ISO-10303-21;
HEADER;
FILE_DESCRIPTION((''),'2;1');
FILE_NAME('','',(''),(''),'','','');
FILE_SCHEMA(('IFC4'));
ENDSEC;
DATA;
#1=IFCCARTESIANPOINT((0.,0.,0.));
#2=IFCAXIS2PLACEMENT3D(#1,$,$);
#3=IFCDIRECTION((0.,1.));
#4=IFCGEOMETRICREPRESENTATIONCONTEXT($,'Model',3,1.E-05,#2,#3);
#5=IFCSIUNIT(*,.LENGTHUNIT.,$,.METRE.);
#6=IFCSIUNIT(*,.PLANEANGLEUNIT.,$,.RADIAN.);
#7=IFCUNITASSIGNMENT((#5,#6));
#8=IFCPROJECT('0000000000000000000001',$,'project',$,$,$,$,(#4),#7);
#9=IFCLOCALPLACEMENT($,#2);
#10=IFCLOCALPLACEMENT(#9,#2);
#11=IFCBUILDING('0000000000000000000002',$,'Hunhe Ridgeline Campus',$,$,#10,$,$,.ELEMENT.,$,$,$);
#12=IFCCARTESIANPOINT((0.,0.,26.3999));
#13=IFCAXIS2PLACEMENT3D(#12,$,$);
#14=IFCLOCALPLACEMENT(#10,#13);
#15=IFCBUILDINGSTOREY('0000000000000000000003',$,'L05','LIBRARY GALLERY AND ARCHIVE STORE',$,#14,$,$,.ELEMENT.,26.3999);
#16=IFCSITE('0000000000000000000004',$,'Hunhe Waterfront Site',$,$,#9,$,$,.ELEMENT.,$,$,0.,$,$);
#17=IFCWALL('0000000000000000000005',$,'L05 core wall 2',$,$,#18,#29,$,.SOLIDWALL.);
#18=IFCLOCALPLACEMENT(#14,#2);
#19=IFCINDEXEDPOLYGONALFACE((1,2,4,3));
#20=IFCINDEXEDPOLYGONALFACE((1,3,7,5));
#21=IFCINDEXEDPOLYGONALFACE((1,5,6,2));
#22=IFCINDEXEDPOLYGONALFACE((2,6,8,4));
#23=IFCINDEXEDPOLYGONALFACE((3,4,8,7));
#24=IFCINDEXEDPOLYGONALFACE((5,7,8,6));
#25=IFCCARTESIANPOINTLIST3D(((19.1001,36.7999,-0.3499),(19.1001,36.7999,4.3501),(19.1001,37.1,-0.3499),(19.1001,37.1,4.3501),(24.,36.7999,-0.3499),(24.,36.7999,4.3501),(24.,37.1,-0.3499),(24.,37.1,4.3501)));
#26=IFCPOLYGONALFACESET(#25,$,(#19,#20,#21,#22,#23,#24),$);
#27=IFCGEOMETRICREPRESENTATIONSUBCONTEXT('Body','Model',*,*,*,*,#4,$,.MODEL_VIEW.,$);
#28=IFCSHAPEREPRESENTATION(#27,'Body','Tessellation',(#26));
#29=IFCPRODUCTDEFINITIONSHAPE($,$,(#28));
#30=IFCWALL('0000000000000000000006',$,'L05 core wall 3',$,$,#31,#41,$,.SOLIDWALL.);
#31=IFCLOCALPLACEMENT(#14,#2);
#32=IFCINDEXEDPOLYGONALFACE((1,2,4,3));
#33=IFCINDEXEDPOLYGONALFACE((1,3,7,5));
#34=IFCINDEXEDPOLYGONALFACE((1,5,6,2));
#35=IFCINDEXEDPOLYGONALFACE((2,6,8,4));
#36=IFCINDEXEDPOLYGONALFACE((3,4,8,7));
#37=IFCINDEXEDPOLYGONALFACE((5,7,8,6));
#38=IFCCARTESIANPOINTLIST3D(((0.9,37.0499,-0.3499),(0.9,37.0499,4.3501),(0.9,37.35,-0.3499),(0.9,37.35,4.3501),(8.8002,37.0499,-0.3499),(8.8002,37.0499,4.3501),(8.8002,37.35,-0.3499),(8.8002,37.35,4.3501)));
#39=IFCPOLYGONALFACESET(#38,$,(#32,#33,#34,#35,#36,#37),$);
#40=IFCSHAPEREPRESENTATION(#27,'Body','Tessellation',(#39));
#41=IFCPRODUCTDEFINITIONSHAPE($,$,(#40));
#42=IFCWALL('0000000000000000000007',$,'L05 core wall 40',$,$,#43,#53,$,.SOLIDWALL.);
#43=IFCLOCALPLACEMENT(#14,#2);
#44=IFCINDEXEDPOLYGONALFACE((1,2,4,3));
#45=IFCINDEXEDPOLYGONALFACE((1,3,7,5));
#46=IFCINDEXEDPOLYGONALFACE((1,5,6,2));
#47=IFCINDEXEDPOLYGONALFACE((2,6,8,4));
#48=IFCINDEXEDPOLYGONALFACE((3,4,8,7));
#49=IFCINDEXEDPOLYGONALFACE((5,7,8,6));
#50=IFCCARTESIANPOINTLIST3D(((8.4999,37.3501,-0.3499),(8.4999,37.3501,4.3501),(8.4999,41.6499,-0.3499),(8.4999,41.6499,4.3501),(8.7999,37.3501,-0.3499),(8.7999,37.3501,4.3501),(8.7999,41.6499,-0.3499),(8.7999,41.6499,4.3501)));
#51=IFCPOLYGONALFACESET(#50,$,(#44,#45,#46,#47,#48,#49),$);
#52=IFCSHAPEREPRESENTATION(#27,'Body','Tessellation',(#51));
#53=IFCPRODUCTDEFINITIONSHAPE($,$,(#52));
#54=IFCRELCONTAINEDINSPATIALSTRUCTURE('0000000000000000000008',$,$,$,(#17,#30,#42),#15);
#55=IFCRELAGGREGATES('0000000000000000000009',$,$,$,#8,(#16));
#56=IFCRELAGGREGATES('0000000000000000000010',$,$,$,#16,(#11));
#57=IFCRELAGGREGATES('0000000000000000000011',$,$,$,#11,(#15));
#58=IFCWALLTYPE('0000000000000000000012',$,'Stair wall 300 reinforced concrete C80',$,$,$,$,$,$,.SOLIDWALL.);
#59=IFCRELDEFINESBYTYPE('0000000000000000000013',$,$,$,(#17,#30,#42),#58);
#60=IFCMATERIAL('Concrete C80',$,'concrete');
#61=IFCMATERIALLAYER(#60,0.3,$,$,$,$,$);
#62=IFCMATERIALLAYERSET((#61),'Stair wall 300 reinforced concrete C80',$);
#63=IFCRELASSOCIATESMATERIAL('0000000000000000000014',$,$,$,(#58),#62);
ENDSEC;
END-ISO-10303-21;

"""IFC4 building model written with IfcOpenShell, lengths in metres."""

from ifc_helpers import new_model, si_unit, direction, frame, frame_2d, origin, place, context, subcontext, project, spatial, rectangle, extrude, material, layer, layer_set, type_object, element, save


model = new_model("IFC4")

# Units and contexts
model_context = context("Model", 3, precision=1e-05, world=origin(), true_north=direction((0.0, 1.0)))
body_context = subcontext(model_context, "Body", "Model", "MODEL_VIEW")
ifc_project = project(units=[si_unit("LENGTHUNIT", "METRE"), si_unit("PLANEANGLEUNIT", "RADIAN")], contexts=[model_context])

# Site, building, storey
site_placement = place(None, origin())
site = spatial("IfcSite", under=ifc_project, at=site_placement, Name="Hunhe Waterfront Site", CompositionType="ELEMENT", RefElevation=0.0)
building_placement = place(site_placement, origin())
building = spatial("IfcBuilding", under=site, at=building_placement, Name="Hunhe Ridgeline Campus", CompositionType="ELEMENT")
storey_placement = place(building_placement, frame((0.0, 0.0, 26.3999)))
storey = spatial("IfcBuildingStorey", under=building, at=storey_placement, Name="L05", Description="LIBRARY GALLERY AND ARCHIVE STORE", CompositionType="ELEMENT", Elevation=26.3999)

# Shared definitions
ifc_material_1 = material(Name="Concrete C80", Category="concrete")

# Walls
ifc_layer_1 = layer(ifc_material_1, 0.3)
ifc_layer_set_1 = layer_set([ifc_layer_1], Name="Stair wall 300 reinforced concrete C80")
wall_type_1 = type_object("IfcWallType", Name="Stair wall 300 reinforced concrete C80", PredefinedType="SOLIDWALL", material=ifc_layer_set_1)
wall_1_placement = place(storey_placement, frame((19.1001, 36.95, -0.3499), z_axis=(0.0, 0.0, 1.0), x_axis=(1.0, 0.0, 0.0)))
element("IfcWall", 1, at=wall_1_placement, inside=storey, type_object=wall_type_1, Name="L05 core wall 2", PredefinedType="SOLIDWALL", context=body_context, shape_type="SweptSolid", body=[
    extrude(rectangle(XDim=4.8999, YDim=0.3, at=frame_2d((2.45, 0.0))), origin(), (0.0, 0.0, 1.0), 4.7),
])
wall_2_placement = place(storey_placement, frame((0.8999, 37.2, -0.3499), z_axis=(0.0, 0.0, 1.0), x_axis=(1.0, 0.0, 0.0)))
element("IfcWall", 2, at=wall_2_placement, inside=storey, type_object=wall_type_1, Name="L05 core wall 3", PredefinedType="SOLIDWALL", context=body_context, shape_type="SweptSolid", body=[
    extrude(rectangle(XDim=7.9001, YDim=0.3, at=frame_2d((3.9502, 0.0))), origin(), (0.0, 0.0, 1.0), 4.7),
])

# Wall
wall_3_placement = place(storey_placement, frame((8.6499, 37.3501, -0.3499), z_axis=(0.0, 0.0, 1.0), x_axis=(0.0, 1.0, 0.0)))
element("IfcWall", 3, at=wall_3_placement, inside=storey, type_object=wall_type_1, Name="L05 core wall 40", PredefinedType="SOLIDWALL", context=body_context, shape_type="SweptSolid", body=[
    extrude(rectangle(XDim=4.2998, YDim=0.3, at=frame_2d((2.1499, 0.0))), origin(), (0.0, 0.0, 1.0), 4.7),
])

save(model, "model.ifc")
